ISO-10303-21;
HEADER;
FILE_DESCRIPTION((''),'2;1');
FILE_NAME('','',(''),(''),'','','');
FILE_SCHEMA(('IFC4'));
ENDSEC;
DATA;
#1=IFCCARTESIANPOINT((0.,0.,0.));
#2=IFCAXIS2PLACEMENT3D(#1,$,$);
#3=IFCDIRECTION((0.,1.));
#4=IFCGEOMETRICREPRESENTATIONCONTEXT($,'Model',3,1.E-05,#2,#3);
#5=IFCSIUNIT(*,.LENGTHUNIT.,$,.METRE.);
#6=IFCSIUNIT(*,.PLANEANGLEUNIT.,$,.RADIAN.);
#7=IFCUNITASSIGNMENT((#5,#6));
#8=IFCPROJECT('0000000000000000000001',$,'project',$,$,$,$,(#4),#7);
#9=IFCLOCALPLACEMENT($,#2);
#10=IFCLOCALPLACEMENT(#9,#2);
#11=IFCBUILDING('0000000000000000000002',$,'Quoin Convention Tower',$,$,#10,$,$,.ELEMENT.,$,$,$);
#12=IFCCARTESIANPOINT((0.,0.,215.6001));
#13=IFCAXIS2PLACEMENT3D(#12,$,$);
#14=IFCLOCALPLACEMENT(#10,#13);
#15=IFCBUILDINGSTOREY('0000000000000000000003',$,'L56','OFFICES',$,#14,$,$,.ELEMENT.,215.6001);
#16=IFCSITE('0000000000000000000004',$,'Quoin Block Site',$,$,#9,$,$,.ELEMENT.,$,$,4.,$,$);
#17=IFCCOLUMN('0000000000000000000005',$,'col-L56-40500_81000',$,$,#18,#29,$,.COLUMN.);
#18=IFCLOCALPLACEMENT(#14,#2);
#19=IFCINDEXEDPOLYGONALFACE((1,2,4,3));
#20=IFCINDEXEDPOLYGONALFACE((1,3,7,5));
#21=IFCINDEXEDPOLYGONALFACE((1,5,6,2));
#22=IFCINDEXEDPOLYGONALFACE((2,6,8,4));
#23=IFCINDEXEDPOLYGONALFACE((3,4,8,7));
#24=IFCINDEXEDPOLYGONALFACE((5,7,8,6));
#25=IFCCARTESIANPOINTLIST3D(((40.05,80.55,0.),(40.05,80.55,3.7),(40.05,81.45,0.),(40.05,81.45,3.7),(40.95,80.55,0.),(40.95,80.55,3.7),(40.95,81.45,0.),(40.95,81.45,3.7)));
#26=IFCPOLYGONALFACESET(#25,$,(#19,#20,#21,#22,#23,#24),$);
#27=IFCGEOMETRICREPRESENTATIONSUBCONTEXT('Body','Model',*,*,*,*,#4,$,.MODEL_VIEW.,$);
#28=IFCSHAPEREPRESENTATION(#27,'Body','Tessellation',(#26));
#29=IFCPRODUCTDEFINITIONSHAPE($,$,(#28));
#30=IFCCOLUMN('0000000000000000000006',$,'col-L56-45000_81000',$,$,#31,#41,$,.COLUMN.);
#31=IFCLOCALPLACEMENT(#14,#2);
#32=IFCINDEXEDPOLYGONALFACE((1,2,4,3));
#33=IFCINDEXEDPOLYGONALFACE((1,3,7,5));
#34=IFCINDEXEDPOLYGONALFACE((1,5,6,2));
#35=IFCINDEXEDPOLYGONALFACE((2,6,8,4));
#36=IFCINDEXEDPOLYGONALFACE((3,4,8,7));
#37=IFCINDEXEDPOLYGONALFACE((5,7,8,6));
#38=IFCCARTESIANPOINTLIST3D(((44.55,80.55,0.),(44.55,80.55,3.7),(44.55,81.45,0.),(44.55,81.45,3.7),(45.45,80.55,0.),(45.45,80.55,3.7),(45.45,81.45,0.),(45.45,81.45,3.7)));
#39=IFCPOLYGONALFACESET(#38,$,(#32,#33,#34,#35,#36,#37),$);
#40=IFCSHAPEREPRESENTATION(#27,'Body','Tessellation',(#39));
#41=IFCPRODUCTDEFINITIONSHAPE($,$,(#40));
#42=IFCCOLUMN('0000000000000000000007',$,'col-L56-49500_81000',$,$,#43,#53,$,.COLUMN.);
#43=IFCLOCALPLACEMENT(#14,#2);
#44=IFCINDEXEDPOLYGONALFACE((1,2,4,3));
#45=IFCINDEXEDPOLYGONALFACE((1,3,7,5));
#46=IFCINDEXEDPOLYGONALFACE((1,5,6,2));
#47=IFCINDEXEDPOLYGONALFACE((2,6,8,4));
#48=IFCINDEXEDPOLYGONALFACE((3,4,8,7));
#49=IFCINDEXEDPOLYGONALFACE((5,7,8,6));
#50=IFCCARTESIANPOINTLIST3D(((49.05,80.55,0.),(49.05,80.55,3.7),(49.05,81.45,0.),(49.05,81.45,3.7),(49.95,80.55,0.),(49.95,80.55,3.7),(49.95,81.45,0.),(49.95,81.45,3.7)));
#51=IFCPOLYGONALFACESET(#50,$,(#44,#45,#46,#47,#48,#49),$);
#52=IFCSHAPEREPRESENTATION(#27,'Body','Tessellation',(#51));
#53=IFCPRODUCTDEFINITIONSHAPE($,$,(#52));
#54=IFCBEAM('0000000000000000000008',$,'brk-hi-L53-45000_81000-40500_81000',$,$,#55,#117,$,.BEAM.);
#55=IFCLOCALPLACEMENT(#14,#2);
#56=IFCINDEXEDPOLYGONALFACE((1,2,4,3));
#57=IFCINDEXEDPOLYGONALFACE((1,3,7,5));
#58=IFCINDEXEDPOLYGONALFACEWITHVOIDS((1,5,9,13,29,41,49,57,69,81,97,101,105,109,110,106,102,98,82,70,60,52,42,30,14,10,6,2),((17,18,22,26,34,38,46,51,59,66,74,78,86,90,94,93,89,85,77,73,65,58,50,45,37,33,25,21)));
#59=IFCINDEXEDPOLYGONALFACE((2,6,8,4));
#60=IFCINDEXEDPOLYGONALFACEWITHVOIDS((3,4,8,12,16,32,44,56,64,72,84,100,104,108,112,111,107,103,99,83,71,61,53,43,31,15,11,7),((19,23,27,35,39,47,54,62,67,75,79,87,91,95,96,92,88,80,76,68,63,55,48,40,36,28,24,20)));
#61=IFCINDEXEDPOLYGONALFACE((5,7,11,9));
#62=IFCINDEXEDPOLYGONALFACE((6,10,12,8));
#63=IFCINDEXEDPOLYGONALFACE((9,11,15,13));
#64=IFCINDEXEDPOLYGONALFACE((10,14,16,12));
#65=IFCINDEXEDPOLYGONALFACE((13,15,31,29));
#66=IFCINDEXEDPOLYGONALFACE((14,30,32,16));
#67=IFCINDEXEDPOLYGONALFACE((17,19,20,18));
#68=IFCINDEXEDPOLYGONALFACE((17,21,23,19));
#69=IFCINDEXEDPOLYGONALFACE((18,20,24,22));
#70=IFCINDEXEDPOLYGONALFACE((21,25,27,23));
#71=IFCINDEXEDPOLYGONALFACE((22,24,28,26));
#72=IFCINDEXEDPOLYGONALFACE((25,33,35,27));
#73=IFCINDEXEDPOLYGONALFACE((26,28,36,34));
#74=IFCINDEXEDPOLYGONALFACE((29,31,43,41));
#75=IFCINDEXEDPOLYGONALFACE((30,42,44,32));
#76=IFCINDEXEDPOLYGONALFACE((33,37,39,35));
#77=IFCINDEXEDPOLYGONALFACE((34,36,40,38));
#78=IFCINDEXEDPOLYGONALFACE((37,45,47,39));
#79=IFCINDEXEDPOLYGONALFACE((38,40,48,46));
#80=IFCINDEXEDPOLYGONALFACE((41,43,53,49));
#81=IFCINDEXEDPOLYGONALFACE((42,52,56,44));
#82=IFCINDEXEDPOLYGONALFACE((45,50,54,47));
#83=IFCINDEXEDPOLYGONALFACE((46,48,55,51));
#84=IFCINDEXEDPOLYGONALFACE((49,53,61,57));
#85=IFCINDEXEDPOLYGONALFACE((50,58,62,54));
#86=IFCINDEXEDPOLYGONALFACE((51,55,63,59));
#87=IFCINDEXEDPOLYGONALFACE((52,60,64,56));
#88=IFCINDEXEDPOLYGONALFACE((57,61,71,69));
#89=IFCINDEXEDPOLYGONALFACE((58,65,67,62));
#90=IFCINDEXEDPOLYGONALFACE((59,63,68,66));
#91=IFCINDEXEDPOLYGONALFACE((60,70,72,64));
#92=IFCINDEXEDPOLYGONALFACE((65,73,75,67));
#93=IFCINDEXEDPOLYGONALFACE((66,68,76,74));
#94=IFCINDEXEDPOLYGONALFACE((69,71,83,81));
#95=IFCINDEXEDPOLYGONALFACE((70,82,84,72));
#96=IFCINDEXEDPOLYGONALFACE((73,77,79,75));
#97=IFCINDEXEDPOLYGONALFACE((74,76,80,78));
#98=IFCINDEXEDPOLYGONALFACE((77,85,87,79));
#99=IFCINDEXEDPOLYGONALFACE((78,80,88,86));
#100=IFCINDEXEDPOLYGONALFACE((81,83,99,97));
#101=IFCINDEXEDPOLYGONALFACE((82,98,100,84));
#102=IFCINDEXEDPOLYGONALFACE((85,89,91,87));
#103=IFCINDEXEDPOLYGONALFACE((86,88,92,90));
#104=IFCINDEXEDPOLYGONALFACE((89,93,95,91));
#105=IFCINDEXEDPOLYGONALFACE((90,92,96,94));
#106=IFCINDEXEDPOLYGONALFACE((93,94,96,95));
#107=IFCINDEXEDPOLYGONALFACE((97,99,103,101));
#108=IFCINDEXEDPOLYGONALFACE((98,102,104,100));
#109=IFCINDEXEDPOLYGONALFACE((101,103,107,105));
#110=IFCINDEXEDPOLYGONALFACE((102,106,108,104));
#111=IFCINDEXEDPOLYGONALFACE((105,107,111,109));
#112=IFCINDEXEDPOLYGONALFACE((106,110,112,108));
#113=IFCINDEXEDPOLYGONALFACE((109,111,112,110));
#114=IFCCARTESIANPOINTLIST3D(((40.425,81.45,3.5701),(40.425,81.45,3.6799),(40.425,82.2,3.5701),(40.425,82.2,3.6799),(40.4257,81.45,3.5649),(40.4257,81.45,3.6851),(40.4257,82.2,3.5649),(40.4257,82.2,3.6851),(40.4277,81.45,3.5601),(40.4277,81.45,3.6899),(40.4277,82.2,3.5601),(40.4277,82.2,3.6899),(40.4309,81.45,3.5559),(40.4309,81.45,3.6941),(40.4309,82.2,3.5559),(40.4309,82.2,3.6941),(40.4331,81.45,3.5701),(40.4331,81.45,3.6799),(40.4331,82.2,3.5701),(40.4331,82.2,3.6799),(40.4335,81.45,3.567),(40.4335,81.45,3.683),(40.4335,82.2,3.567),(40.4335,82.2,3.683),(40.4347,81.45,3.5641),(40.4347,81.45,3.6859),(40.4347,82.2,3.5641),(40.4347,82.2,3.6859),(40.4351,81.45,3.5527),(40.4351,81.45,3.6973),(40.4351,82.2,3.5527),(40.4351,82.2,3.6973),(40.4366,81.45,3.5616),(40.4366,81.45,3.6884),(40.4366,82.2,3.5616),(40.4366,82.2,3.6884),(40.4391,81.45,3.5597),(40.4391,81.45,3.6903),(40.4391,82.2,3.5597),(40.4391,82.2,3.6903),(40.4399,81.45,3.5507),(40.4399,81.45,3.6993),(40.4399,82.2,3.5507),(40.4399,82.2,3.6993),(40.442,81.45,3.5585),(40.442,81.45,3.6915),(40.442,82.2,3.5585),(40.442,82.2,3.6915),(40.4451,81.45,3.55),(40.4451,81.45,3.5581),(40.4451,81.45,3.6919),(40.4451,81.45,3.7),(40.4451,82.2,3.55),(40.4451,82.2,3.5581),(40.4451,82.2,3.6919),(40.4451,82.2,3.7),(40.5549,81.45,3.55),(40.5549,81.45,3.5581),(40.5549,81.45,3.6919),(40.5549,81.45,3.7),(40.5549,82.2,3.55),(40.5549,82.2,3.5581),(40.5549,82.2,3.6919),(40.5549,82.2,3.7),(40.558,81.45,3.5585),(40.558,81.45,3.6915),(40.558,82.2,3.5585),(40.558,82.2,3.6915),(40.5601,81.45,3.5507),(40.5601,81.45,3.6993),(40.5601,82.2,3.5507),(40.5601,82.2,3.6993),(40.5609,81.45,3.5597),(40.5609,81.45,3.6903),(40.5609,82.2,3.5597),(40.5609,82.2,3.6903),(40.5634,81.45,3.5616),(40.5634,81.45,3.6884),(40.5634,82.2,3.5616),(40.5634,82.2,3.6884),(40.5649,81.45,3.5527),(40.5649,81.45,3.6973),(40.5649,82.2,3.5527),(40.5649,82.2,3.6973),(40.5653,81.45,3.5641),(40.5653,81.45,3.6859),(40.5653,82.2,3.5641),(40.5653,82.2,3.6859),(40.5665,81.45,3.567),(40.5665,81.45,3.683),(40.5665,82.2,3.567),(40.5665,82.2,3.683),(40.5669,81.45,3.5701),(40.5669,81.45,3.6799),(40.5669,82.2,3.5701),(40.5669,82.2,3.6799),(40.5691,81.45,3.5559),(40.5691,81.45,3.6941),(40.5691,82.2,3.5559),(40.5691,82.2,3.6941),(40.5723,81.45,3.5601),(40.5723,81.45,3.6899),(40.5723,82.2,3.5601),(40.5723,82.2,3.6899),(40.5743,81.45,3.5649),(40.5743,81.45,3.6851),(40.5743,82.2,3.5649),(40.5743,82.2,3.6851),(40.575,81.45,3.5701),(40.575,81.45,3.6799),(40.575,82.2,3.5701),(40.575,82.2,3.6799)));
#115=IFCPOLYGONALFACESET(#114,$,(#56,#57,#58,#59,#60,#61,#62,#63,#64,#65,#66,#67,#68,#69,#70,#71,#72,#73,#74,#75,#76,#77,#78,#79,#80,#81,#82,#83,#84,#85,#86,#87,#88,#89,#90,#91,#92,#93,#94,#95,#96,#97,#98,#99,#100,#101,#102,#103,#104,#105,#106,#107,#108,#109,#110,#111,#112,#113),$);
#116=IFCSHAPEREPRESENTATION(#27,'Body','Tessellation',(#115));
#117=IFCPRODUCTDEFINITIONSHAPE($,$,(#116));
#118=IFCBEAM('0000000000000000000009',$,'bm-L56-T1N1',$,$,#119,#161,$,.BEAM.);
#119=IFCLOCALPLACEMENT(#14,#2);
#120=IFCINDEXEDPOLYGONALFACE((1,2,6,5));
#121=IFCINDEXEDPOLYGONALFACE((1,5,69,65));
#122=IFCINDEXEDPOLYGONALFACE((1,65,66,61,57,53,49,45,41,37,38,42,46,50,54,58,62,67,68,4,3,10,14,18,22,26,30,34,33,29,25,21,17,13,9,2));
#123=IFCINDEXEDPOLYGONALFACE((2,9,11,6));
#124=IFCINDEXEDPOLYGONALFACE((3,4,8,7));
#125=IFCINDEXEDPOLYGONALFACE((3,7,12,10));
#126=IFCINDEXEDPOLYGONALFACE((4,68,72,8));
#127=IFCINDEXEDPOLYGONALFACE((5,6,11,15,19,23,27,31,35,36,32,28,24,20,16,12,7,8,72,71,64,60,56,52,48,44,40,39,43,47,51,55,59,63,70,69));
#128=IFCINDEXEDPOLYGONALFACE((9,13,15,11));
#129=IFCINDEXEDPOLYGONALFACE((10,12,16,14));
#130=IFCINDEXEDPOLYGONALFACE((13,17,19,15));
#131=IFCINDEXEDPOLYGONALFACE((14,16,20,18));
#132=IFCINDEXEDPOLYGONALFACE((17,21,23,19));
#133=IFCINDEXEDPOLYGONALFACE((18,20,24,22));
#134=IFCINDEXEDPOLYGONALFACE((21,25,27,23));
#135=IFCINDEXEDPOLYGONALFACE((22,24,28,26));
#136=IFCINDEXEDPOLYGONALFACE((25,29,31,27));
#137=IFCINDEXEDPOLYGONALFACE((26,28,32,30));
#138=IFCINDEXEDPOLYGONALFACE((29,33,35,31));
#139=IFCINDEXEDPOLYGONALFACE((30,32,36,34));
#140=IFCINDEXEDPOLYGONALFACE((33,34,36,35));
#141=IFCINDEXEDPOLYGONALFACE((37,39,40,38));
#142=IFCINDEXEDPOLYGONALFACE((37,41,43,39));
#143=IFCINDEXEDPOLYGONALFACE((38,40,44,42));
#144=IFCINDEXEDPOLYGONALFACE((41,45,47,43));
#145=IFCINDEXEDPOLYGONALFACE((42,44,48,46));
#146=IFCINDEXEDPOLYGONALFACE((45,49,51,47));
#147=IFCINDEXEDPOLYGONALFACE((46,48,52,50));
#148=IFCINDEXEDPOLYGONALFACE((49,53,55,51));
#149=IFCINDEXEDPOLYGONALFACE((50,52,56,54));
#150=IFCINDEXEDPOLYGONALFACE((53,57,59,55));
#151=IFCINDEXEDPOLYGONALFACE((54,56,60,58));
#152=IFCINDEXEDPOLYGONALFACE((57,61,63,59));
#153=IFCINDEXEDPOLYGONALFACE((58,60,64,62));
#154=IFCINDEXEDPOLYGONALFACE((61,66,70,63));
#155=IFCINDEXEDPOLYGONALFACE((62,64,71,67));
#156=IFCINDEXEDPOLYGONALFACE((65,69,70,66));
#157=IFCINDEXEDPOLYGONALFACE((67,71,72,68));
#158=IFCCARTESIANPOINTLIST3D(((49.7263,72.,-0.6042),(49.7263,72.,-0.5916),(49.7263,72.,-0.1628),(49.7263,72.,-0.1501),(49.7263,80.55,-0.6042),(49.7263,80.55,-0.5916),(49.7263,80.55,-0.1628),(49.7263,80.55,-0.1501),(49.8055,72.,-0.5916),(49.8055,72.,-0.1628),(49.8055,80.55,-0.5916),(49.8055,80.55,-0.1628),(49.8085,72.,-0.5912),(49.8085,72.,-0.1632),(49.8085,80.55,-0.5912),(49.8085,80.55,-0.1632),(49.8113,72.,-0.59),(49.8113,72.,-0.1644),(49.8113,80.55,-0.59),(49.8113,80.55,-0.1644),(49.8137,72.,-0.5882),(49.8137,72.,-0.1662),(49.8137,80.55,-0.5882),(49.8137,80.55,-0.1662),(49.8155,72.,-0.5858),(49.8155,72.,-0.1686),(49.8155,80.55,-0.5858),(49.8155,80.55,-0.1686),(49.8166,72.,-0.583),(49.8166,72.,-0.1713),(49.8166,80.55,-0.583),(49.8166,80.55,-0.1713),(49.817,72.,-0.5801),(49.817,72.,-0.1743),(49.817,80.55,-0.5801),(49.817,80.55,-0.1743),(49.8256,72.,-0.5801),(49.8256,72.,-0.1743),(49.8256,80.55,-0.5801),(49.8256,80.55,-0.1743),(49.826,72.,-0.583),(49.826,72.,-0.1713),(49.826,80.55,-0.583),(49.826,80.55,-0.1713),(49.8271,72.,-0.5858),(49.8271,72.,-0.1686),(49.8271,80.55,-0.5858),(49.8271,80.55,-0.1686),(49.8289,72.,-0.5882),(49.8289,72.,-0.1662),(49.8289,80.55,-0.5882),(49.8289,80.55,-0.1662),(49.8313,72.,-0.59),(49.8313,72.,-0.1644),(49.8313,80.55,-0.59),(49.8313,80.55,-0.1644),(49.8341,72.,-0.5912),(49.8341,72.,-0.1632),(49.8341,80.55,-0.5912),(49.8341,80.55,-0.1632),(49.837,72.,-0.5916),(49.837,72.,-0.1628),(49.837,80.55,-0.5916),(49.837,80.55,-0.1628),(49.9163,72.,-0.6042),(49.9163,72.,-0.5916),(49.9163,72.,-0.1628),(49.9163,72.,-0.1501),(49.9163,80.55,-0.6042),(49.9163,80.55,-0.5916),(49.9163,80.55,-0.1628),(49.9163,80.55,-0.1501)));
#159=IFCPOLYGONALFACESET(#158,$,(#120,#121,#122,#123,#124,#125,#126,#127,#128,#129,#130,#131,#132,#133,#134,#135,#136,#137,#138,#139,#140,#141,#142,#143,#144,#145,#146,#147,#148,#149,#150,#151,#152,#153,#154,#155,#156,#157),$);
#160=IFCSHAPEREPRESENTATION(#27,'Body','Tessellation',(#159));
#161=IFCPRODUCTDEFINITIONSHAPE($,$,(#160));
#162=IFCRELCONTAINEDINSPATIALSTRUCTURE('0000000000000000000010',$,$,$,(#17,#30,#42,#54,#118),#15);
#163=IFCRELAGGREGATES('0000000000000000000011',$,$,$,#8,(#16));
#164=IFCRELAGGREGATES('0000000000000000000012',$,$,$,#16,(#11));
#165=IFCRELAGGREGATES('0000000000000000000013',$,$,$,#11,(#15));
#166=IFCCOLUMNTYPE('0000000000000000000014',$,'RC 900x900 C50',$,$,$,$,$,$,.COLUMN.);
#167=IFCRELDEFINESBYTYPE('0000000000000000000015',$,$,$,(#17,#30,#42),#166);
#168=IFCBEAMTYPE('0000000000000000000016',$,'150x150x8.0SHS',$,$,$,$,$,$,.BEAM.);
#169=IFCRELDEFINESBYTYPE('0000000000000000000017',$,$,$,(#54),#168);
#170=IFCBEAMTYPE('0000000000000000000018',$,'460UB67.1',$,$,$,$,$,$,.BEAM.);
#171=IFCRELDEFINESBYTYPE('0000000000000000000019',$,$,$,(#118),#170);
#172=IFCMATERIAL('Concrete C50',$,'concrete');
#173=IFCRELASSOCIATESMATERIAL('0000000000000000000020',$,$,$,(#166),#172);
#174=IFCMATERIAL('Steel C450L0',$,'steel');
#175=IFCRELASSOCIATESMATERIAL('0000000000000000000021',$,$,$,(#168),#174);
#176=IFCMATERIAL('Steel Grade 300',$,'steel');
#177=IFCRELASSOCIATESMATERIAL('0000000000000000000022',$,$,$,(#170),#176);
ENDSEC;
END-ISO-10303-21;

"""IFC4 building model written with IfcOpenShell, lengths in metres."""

from ifc_helpers import new_model, si_unit, direction, frame, origin, origin_2d, place, context, subcontext, project, spatial, rectangle, hollow_rectangle, i_section, extrude, material, material_profile, profile_set, type_object, element, save


model = new_model("IFC4")

# Units and contexts
model_context = context("Model", 3, precision=1e-05, world=origin(), true_north=direction((0.0, 1.0)))
body_context = subcontext(model_context, "Body", "Model", "MODEL_VIEW")
ifc_project = project(units=[si_unit("LENGTHUNIT", "METRE"), si_unit("PLANEANGLEUNIT", "RADIAN")], contexts=[model_context])

# Site, building, storey
site_placement = place(None, origin())
site = spatial("IfcSite", under=ifc_project, at=site_placement, Name="Quoin Block Site", CompositionType="ELEMENT", RefElevation=4.0)
building_placement = place(site_placement, origin())
building = spatial("IfcBuilding", under=site, at=building_placement, Name="Quoin Convention Tower", CompositionType="ELEMENT")
storey_placement = place(building_placement, frame((0.0, 0.0, 215.6001)))
storey = spatial("IfcBuildingStorey", under=building, at=storey_placement, Name="L56", Description="OFFICES", CompositionType="ELEMENT", Elevation=215.6001)

# Columns
ifc_material_1 = material(Name="Concrete C50", Category="concrete")
ifc_material_profile_1 = material_profile(ifc_material_1, rectangle(XDim=0.8999, YDim=0.8999, at=origin_2d()), Name="RC 900x900")
ifc_profile_set_1 = profile_set([ifc_material_profile_1], Name="Concrete C50")
column_type = type_object("IfcColumnType", Name="RC 900x900 C50", PredefinedType="COLUMN", material=ifc_profile_set_1)
for number, where, z_axis, x_axis, name in (
    (1, (40.5, 81.0, 0.0), (0.0, 0.0, 1.0), (1.0, 0.0, 0.0), "col-L56-40500_81000"),
    (2, (45.0, 81.0, 0.0), (0.0, 0.0, 1.0), (1.0, 0.0, 0.0), "col-L56-45000_81000"),
    (3, (49.5, 81.0, 0.0), (0.0, 0.0, 1.0), (1.0, 0.0, 0.0), "col-L56-49500_81000"),
):
    element("IfcColumn", number, at=place(storey_placement, frame(where, z_axis=z_axis, x_axis=x_axis)), inside=storey, type_object=column_type, Name=name, PredefinedType="COLUMN", context=body_context, shape_type="SweptSolid", body=[
        extrude(rectangle(XDim=0.8999, YDim=0.8999, at=origin_2d()), origin(), (0.0, 0.0, 1.0), 3.7),
    ])

# Beams
ifc_material_2 = material(Name="Steel C450L0", Category="steel")
ifc_material_profile_2 = material_profile(ifc_material_2, hollow_rectangle(XDim=0.1499, YDim=0.1499, WallThickness=0.0081, InnerFilletRadius=0.012, OuterFilletRadius=0.02, at=origin_2d()), Name="150x150x8.0SHS")
ifc_profile_set_2 = profile_set([ifc_material_profile_2], Name="Steel C450L0")
beam_type_1 = type_object("IfcBeamType", Name="150x150x8.0SHS", PredefinedType="BEAM", material=ifc_profile_set_2)
beam_1_placement = place(storey_placement, frame((40.5, 81.45, 3.625), z_axis=(0.0, 1.0, 0.0), x_axis=(-1.0, 0.0, 0.0)))
element("IfcBeam", 4, at=beam_1_placement, inside=storey, type_object=beam_type_1, Name="brk-hi-L53-45000_81000-40500_81000", PredefinedType="BEAM", context=body_context, shape_type="SweptSolid", body=[
    extrude(hollow_rectangle(XDim=0.1499, YDim=0.1499, WallThickness=0.0081, InnerFilletRadius=0.012, OuterFilletRadius=0.02, at=origin_2d()), origin(), (0.0, 0.0, 1.0), 0.75),
])
ifc_material_3 = material(Name="Steel Grade 300", Category="steel")
ifc_material_profile_3 = material_profile(ifc_material_3, i_section(OverallWidth=0.1899, OverallDepth=0.4541, WebThickness=0.0085, FlangeThickness=0.0127, FilletRadius=0.0115, at=origin_2d()), Name="460UB67.1")
ifc_profile_set_3 = profile_set([ifc_material_profile_3], Name="Steel Grade 300")
beam_type_2 = type_object("IfcBeamType", Name="460UB67.1", PredefinedType="BEAM", material=ifc_profile_set_3)
beam_2_placement = place(storey_placement, frame((49.8213, 72.0, -0.3772), z_axis=(0.0, 1.0, 0.0), x_axis=(-1.0, 0.0, 0.0)))
element("IfcBeam", 5, at=beam_2_placement, inside=storey, type_object=beam_type_2, Name="bm-L56-T1N1", PredefinedType="BEAM", context=body_context, shape_type="SweptSolid", body=[
    extrude(i_section(OverallWidth=0.1899, OverallDepth=0.4541, WebThickness=0.0085, FlangeThickness=0.0127, FilletRadius=0.0115, at=origin_2d()), origin(), (0.0, 0.0, 1.0), 8.55),
])

save(model, "model.ifc")
